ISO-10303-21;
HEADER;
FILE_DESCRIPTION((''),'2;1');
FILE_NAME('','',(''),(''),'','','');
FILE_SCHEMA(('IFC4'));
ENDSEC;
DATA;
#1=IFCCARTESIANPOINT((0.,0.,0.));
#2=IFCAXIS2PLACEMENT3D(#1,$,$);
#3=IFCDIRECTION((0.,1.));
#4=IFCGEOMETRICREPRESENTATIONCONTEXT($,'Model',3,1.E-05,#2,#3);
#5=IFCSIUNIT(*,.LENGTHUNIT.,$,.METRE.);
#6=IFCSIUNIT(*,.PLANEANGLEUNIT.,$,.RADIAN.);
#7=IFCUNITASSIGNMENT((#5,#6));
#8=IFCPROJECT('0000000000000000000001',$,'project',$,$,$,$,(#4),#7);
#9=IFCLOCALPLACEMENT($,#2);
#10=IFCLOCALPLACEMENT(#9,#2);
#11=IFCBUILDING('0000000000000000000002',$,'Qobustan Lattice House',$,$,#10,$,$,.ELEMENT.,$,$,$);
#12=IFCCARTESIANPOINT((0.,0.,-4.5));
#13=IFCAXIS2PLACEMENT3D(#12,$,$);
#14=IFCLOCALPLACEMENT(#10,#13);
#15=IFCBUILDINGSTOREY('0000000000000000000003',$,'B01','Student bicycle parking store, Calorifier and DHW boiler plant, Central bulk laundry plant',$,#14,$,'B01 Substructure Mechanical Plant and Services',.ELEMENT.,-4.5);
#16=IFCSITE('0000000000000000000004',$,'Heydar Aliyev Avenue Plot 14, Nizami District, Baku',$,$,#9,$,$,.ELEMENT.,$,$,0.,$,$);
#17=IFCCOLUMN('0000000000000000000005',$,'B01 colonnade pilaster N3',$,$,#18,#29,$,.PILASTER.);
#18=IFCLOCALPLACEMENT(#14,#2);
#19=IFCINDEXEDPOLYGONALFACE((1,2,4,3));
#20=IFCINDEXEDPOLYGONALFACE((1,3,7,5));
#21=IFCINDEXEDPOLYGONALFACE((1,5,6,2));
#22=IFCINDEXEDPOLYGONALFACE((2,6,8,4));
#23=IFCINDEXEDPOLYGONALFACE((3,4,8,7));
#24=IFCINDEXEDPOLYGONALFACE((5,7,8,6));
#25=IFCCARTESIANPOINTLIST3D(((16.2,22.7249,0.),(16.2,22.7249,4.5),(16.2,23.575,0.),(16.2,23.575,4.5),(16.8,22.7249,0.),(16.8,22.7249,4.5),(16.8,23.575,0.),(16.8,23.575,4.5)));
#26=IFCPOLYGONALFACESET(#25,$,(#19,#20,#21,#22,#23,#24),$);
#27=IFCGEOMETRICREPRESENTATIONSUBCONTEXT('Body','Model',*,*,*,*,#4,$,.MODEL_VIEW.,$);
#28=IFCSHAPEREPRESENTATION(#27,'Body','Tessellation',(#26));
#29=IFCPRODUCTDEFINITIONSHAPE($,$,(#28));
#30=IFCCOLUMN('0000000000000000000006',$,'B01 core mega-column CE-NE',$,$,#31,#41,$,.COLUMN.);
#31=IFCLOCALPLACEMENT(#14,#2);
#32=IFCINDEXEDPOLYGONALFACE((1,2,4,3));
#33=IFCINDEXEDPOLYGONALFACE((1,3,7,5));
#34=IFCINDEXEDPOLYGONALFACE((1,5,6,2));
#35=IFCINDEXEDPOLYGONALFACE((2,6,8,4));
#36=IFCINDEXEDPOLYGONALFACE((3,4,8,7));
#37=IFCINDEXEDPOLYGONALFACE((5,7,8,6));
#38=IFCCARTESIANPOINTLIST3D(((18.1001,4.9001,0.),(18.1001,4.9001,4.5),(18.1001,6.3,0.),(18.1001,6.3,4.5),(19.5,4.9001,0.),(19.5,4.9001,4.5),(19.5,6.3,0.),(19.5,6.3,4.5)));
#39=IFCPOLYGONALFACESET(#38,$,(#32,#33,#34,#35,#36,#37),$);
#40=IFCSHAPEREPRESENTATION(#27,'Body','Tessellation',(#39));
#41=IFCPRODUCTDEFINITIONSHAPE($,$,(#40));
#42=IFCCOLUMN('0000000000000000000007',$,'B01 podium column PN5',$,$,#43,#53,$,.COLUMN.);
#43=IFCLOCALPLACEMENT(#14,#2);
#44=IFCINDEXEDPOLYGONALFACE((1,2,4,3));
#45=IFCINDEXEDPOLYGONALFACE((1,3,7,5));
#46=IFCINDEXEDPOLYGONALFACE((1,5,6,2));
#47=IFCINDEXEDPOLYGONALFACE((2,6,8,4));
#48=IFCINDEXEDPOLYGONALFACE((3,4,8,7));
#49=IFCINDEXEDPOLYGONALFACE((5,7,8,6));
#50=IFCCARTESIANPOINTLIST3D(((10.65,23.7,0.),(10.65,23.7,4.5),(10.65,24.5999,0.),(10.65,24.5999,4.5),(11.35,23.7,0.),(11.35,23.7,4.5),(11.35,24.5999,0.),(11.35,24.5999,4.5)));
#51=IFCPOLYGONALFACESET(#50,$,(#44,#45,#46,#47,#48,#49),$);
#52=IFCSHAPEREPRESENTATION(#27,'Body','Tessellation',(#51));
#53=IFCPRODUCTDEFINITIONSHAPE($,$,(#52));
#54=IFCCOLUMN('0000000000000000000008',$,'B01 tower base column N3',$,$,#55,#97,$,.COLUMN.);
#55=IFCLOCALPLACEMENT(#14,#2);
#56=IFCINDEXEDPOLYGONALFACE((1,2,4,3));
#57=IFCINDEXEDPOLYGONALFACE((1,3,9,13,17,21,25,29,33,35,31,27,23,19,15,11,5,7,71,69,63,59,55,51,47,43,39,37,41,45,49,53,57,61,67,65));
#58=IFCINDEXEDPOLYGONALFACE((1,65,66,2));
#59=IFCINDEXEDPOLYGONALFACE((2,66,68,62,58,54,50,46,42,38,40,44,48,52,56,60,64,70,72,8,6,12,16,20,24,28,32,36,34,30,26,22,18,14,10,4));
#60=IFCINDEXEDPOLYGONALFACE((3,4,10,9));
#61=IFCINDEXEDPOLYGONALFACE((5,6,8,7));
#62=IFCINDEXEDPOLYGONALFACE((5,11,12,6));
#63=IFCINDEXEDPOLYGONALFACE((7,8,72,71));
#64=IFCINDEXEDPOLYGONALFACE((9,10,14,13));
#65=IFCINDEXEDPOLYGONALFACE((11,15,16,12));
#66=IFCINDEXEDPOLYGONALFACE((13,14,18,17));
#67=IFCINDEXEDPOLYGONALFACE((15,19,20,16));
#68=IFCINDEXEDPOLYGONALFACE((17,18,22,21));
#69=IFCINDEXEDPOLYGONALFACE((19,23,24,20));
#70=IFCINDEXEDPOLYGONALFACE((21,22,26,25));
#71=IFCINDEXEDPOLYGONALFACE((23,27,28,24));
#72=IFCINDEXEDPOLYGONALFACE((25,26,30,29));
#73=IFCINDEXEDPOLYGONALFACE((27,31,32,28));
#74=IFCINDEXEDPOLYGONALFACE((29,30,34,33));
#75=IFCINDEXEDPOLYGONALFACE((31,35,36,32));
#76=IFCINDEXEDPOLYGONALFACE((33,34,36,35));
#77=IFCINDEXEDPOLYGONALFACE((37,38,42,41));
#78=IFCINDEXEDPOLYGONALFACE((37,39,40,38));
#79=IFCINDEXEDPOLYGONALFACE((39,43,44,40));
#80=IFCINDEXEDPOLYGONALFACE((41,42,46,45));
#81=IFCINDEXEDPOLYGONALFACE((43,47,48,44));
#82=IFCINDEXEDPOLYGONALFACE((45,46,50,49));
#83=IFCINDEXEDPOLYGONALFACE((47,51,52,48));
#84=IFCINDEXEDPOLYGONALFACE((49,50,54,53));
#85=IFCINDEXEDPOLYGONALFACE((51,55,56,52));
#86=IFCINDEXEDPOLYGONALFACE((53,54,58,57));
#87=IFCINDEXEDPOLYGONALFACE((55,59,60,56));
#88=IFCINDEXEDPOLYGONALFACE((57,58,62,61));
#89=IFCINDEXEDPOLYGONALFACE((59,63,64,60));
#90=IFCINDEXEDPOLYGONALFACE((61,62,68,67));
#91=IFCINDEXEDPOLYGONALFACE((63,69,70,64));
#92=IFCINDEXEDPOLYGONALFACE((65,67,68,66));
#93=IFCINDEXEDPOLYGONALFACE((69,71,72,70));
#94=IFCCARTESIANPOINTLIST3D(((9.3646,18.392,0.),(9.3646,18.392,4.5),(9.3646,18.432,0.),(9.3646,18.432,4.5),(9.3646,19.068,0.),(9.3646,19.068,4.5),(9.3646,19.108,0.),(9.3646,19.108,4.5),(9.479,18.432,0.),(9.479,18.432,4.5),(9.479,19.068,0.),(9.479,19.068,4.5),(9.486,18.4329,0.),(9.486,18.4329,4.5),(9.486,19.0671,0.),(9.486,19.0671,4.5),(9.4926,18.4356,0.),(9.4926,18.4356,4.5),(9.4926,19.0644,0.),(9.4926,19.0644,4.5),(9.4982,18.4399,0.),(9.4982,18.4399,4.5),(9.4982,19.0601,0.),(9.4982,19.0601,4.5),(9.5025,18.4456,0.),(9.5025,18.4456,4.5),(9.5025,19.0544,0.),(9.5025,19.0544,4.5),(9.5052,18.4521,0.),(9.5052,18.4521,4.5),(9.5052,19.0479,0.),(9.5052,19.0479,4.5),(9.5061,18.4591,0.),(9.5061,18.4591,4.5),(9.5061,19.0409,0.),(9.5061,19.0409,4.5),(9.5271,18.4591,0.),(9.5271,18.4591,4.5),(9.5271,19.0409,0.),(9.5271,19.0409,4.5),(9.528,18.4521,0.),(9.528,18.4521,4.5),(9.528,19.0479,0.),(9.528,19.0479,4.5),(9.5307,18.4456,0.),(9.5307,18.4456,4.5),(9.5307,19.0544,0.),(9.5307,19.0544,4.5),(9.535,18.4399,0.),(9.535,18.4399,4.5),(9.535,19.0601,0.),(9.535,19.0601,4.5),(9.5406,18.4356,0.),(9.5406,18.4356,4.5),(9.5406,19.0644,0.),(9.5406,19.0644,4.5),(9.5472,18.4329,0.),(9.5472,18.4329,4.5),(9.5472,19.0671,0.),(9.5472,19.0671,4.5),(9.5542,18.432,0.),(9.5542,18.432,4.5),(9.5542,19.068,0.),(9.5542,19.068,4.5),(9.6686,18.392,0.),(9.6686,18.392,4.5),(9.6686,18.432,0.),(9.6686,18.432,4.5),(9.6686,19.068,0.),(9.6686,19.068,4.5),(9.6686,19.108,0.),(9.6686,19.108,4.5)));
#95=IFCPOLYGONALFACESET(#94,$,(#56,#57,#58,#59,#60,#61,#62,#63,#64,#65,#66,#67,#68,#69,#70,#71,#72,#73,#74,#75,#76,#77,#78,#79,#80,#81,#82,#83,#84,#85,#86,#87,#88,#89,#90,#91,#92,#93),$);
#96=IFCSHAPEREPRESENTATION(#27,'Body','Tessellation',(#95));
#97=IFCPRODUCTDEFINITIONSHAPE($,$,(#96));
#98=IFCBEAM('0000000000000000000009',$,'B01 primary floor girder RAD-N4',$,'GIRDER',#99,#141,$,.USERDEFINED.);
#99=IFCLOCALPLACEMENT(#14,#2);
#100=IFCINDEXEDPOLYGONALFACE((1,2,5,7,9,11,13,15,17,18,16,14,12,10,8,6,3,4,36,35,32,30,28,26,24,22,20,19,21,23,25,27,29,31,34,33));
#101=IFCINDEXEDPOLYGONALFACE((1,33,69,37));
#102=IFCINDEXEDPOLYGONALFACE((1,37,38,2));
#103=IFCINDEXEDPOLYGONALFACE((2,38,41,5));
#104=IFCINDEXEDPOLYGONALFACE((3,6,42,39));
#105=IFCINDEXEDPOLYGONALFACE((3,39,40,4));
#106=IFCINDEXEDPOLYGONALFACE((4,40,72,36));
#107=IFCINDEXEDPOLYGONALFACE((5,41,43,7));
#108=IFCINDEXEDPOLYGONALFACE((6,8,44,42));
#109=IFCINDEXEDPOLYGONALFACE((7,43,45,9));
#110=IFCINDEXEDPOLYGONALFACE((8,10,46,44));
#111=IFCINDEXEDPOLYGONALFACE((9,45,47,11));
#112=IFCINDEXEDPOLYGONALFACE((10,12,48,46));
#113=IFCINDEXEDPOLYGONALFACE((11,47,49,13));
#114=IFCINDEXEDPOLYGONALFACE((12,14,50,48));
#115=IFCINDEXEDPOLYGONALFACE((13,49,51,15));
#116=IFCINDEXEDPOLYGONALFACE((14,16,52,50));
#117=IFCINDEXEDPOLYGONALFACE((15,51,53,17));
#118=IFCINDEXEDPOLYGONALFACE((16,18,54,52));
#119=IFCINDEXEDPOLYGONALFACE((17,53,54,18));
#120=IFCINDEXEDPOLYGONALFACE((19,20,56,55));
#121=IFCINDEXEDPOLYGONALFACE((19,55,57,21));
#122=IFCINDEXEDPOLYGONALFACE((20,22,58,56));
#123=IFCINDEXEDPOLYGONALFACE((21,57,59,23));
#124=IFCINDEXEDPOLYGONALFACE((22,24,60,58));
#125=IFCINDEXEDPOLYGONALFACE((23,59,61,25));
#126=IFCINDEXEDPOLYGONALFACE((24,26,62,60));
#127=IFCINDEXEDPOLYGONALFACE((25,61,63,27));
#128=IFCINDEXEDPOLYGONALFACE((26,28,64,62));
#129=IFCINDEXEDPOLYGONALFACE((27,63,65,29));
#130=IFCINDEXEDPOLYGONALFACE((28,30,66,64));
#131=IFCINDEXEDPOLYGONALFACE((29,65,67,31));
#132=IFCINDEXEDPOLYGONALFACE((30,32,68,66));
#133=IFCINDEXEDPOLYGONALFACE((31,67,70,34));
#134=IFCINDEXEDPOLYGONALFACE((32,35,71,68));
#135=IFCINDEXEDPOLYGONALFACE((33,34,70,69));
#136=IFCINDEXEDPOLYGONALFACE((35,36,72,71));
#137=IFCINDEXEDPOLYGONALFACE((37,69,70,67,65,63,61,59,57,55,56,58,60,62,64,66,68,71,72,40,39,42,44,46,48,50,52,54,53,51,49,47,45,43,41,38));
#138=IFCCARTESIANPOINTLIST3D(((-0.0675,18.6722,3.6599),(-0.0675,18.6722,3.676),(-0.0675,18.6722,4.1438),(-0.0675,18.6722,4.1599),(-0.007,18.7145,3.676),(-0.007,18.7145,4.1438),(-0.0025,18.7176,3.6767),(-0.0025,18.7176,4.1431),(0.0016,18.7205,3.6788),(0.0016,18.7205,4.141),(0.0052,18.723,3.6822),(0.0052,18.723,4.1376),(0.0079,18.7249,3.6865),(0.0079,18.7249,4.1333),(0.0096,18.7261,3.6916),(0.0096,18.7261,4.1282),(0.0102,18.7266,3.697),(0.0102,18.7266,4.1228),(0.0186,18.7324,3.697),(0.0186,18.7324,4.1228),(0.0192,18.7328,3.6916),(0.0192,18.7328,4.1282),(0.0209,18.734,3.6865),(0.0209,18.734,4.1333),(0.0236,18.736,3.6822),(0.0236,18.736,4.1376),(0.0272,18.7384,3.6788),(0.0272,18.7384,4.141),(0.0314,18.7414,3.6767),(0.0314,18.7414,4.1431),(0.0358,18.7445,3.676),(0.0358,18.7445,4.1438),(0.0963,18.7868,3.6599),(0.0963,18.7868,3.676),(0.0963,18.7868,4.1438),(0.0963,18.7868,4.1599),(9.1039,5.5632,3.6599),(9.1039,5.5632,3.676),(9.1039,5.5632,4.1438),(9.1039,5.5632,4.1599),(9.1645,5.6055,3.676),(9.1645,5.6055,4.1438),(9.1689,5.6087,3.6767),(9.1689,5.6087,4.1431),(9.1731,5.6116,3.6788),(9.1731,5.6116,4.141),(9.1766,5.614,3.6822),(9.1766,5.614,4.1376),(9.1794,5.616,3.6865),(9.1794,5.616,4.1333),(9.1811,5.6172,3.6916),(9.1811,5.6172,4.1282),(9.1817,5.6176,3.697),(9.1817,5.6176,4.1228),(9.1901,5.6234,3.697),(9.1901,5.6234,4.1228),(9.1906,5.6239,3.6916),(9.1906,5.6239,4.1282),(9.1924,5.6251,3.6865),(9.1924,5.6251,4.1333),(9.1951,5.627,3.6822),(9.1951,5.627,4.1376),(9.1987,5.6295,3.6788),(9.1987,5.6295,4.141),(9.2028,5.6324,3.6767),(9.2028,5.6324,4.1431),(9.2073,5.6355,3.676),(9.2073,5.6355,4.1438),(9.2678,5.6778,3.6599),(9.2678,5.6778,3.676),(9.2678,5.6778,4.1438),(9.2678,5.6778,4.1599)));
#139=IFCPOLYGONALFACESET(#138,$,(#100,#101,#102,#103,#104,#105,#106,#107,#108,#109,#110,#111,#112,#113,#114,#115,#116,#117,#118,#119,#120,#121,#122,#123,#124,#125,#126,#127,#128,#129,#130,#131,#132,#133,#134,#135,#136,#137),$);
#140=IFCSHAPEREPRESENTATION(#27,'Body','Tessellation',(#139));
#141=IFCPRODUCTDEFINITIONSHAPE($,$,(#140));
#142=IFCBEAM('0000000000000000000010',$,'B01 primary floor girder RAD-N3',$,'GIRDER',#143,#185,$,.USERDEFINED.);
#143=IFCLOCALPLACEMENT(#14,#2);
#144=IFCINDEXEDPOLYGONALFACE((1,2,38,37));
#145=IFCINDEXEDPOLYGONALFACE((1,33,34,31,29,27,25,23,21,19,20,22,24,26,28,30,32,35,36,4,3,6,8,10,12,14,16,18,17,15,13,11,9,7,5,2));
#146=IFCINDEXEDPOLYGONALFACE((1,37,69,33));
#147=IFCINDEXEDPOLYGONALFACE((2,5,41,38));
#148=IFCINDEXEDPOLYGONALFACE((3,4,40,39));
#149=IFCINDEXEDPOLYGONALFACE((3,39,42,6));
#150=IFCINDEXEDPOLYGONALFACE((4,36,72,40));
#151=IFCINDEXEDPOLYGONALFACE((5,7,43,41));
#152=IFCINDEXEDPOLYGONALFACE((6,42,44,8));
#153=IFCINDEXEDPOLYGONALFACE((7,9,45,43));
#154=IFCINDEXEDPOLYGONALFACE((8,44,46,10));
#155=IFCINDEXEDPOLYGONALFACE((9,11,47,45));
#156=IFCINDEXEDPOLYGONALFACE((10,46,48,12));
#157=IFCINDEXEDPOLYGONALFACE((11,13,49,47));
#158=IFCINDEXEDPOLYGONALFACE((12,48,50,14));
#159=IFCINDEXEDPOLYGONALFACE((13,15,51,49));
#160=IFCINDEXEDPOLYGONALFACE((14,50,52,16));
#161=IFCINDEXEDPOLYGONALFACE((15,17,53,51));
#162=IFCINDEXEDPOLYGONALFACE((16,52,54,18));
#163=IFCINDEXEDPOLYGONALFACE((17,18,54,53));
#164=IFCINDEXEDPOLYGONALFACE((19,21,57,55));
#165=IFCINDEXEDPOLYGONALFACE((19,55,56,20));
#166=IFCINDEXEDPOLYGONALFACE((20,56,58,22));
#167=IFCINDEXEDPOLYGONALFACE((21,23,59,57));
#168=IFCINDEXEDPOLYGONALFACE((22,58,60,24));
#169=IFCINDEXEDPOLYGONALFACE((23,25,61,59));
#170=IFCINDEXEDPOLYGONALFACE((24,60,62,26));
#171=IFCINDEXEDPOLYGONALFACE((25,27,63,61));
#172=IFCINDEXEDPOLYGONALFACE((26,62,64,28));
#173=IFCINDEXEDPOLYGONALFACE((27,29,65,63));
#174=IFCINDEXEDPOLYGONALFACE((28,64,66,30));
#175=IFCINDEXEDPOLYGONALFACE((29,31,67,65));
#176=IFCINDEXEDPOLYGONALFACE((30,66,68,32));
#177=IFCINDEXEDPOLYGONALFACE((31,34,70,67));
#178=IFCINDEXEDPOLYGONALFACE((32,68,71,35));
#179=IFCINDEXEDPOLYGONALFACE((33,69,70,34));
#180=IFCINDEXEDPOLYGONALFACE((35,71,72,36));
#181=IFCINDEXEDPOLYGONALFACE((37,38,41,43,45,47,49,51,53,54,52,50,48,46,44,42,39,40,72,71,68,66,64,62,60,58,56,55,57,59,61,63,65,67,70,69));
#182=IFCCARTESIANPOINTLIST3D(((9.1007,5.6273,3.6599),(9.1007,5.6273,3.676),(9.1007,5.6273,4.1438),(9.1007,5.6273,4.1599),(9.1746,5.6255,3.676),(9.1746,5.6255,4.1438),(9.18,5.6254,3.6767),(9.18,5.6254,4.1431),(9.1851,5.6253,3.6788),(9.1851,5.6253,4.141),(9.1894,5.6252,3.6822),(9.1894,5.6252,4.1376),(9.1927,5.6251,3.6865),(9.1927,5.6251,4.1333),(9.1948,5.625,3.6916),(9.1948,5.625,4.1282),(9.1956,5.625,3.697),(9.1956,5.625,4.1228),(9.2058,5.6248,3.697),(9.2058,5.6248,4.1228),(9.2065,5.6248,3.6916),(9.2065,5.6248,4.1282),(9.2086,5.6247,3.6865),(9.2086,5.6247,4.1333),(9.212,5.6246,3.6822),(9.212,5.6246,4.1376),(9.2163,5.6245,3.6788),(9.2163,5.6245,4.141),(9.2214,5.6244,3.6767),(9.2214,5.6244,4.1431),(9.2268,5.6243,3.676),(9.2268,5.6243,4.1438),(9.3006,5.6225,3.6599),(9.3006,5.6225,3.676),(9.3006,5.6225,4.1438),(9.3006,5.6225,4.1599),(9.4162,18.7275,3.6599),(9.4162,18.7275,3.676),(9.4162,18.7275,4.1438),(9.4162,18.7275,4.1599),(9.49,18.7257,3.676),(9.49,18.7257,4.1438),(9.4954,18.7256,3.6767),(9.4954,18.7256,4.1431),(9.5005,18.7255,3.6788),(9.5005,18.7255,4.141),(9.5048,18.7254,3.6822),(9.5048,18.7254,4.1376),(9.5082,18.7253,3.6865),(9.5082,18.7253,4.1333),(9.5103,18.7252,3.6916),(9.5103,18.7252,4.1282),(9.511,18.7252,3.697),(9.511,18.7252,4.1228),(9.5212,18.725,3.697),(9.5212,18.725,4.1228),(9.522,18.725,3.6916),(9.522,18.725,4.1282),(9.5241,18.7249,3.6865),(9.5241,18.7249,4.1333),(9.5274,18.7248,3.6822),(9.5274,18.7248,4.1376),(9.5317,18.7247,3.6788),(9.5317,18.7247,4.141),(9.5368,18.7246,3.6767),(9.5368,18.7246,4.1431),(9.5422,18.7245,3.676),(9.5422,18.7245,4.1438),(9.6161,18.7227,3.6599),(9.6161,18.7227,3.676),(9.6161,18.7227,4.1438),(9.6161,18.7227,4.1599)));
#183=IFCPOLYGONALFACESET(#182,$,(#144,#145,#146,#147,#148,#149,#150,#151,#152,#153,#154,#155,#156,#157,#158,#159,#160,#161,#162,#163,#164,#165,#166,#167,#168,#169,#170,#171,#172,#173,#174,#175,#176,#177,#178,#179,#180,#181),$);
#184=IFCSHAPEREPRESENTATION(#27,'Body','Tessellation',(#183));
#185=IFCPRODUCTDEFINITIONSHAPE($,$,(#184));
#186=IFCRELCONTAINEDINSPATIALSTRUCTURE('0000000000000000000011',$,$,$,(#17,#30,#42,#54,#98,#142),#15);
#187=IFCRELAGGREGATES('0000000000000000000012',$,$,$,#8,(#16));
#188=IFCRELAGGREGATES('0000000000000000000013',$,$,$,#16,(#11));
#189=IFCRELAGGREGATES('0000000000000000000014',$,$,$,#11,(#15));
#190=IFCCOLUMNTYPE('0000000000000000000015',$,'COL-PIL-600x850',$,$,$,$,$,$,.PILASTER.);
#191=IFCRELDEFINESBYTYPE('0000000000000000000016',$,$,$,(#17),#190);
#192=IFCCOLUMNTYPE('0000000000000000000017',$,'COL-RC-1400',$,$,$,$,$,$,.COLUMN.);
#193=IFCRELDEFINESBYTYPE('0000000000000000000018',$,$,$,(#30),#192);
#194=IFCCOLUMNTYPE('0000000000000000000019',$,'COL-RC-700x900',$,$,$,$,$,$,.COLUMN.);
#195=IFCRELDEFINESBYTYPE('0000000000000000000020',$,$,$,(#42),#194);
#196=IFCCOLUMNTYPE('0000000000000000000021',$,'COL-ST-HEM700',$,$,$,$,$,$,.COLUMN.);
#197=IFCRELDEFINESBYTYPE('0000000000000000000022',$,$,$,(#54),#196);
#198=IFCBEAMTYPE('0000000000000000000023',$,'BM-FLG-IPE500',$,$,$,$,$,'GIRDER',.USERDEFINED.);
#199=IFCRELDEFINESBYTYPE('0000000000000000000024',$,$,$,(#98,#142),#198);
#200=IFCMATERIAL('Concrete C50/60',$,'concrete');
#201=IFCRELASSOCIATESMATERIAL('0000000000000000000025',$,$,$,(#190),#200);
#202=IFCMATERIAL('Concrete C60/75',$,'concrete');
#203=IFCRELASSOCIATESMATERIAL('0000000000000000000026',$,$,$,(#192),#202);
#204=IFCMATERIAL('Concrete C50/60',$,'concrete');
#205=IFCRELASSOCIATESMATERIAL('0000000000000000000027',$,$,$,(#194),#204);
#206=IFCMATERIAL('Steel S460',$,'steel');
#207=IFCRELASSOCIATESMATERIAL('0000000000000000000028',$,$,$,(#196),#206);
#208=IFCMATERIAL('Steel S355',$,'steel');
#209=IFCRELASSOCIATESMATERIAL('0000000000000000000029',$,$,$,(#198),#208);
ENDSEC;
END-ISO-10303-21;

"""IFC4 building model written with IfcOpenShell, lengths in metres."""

from ifc_helpers import new_model, si_unit, direction, frame, origin, origin_2d, place, context, subcontext, project, spatial, rectangle, i_section, extrude, material, material_profile, profile_set, type_object, element, save


model = new_model("IFC4")

# Units and contexts
model_context = context("Model", 3, precision=1e-05, world=origin(), true_north=direction((0.0, 1.0)))
body_context = subcontext(model_context, "Body", "Model", "MODEL_VIEW")
ifc_project = project(units=[si_unit("LENGTHUNIT", "METRE"), si_unit("PLANEANGLEUNIT", "RADIAN")], contexts=[model_context])

# Site, building, storey
site_placement = place(None, origin())
site = spatial("IfcSite", under=ifc_project, at=site_placement, Name="Heydar Aliyev Avenue Plot 14, Nizami District, Baku", CompositionType="ELEMENT", RefElevation=0.0)
building_placement = place(site_placement, origin())
building = spatial("IfcBuilding", under=site, at=building_placement, Name="Qobustan Lattice House", CompositionType="ELEMENT")
storey_placement = place(building_placement, frame((0.0, 0.0, -4.5)))
storey = spatial("IfcBuildingStorey", under=building, at=storey_placement, Name="B01", Description="Student bicycle parking store, Calorifier and DHW boiler plant, Central bulk laundry plant", LongName="B01 Substructure Mechanical Plant and Services", CompositionType="ELEMENT", Elevation=-4.5)

# Columns
ifc_material_1 = material(Name="Concrete C50/60", Category="concrete")
ifc_material_profile_1 = material_profile(ifc_material_1, rectangle(XDim=0.6001, YDim=0.8501, at=origin_2d()), Name="RC600x850")
ifc_profile_set_1 = profile_set([ifc_material_profile_1], Name="Concrete C50/60")
column_type_1 = type_object("IfcColumnType", Name="COL-PIL-600x850", PredefinedType="PILASTER", material=ifc_profile_set_1)
column_1_placement = place(storey_placement, frame((16.5, 23.1499, 0.0), z_axis=(0.0, 0.0, 1.0), x_axis=(1.0, 0.0, 0.0)))
element("IfcColumn", 1, at=column_1_placement, inside=storey, type_object=column_type_1, Name="B01 colonnade pilaster N3", PredefinedType="PILASTER", context=body_context, shape_type="SweptSolid", body=[
    extrude(rectangle(XDim=0.6001, YDim=0.8501, at=origin_2d()), origin(), (0.0, 0.0, 1.0), 4.5),
])
ifc_material_2 = material(Name="Concrete C60/75", Category="concrete")
ifc_material_profile_2 = material_profile(ifc_material_2, rectangle(XDim=1.3999, YDim=1.3999, at=origin_2d()), Name="RC1400x1400")
ifc_profile_set_2 = profile_set([ifc_material_profile_2], Name="Concrete C60/75")
column_type_2 = type_object("IfcColumnType", Name="COL-RC-1400", PredefinedType="COLUMN", material=ifc_profile_set_2)
column_2_placement = place(storey_placement, frame((18.8, 5.6001, 0.0), z_axis=(0.0, 0.0, 1.0), x_axis=(1.0, 0.0, 0.0)))
element("IfcColumn", 2, at=column_2_placement, inside=storey, type_object=column_type_2, Name="B01 core mega-column CE-NE", PredefinedType="COLUMN", context=body_context, shape_type="SweptSolid", body=[
    extrude(rectangle(XDim=1.3999, YDim=1.3999, at=origin_2d()), origin(), (0.0, 0.0, 1.0), 4.5),
])
ifc_material_3 = material(Name="Concrete C50/60", Category="concrete")
ifc_material_profile_3 = material_profile(ifc_material_3, rectangle(XDim=0.7, YDim=0.8999, at=origin_2d()), Name="RC700x900")
ifc_profile_set_3 = profile_set([ifc_material_profile_3], Name="Concrete C50/60")
column_type_3 = type_object("IfcColumnType", Name="COL-RC-700x900", PredefinedType="COLUMN", material=ifc_profile_set_3)
column_3_placement = place(storey_placement, frame((11.0, 24.1499, 0.0), z_axis=(0.0, 0.0, 1.0), x_axis=(1.0, 0.0, 0.0)))
element("IfcColumn", 3, at=column_3_placement, inside=storey, type_object=column_type_3, Name="B01 podium column PN5", PredefinedType="COLUMN", context=body_context, shape_type="SweptSolid", body=[
    extrude(rectangle(XDim=0.7, YDim=0.8999, at=origin_2d()), origin(), (0.0, 0.0, 1.0), 4.5),
])
ifc_material_4 = material(Name="Steel S460", Category="steel")
ifc_material_profile_4 = material_profile(ifc_material_4, i_section(OverallWidth=0.304, OverallDepth=0.7161, WebThickness=0.021, FlangeThickness=0.04, FilletRadius=0.0271, at=origin_2d()), Name="HEM700")
ifc_profile_set_4 = profile_set([ifc_material_profile_4], Name="Steel S460")
column_type_4 = type_object("IfcColumnType", Name="COL-ST-HEM700", PredefinedType="COLUMN", material=ifc_profile_set_4)
column_4_placement = place(storey_placement, frame((9.5166, 18.75, 0.0), z_axis=(0.0, 0.0, 1.0), x_axis=(1.0, 0.0, 0.0)))
element("IfcColumn", 4, at=column_4_placement, inside=storey, type_object=column_type_4, Name="B01 tower base column N3", PredefinedType="COLUMN", context=body_context, shape_type="SweptSolid", body=[
    extrude(i_section(OverallWidth=0.304, OverallDepth=0.7161, WebThickness=0.021, FlangeThickness=0.04, FilletRadius=0.0271, at=origin_2d()), origin(), (0.0, 0.0, 1.0), 4.5),
])

# Beams
ifc_material_5 = material(Name="Steel S355", Category="steel")
ifc_material_profile_5 = material_profile(ifc_material_5, i_section(OverallWidth=0.2, OverallDepth=0.5, WebThickness=0.0103, FlangeThickness=0.0161, FilletRadius=0.021, at=origin_2d()), Name="IPE500")
ifc_profile_set_5 = profile_set([ifc_material_profile_5], Name="Steel S355")
beam_type_1 = type_object("IfcBeamType", Name="BM-FLG-IPE500", ElementType="GIRDER", PredefinedType="USERDEFINED", material=ifc_profile_set_5)
beam_1_placement = place(storey_placement, frame((0.0144, 18.7295, 3.9099), z_axis=(0.57326, -0.819374, 0.0), x_axis=(0.819374, 0.57326, 0.0)))
element("IfcBeam", 5, at=beam_1_placement, inside=storey, type_object=beam_type_1, Name="B01 primary floor girder RAD-N4", ObjectType="GIRDER", PredefinedType="USERDEFINED", context=body_context, shape_type="SweptSolid", body=[
    extrude(i_section(OverallWidth=0.2, OverallDepth=0.5, WebThickness=0.0103, FlangeThickness=0.0161, FilletRadius=0.021, at=origin_2d()), origin(), (0.0, 0.0, 1.0), 15.9988),
])
beam_2_placement = place(storey_placement, frame((9.5161, 18.7251, 3.9099), z_axis=(-0.024071, -0.99971, 0.0), x_axis=(0.99971, -0.024071, 0.0)))
element("IfcBeam", 6, at=beam_2_placement, inside=storey, type_object=beam_type_1, Name="B01 primary floor girder RAD-N3", ObjectType="GIRDER", PredefinedType="USERDEFINED", context=body_context, shape_type="SweptSolid", body=[
    extrude(i_section(OverallWidth=0.2, OverallDepth=0.5, WebThickness=0.0103, FlangeThickness=0.0161, FilletRadius=0.021, at=origin_2d()), origin(), (0.0, 0.0, 1.0), 13.104),
])

save(model, "model.ifc")
